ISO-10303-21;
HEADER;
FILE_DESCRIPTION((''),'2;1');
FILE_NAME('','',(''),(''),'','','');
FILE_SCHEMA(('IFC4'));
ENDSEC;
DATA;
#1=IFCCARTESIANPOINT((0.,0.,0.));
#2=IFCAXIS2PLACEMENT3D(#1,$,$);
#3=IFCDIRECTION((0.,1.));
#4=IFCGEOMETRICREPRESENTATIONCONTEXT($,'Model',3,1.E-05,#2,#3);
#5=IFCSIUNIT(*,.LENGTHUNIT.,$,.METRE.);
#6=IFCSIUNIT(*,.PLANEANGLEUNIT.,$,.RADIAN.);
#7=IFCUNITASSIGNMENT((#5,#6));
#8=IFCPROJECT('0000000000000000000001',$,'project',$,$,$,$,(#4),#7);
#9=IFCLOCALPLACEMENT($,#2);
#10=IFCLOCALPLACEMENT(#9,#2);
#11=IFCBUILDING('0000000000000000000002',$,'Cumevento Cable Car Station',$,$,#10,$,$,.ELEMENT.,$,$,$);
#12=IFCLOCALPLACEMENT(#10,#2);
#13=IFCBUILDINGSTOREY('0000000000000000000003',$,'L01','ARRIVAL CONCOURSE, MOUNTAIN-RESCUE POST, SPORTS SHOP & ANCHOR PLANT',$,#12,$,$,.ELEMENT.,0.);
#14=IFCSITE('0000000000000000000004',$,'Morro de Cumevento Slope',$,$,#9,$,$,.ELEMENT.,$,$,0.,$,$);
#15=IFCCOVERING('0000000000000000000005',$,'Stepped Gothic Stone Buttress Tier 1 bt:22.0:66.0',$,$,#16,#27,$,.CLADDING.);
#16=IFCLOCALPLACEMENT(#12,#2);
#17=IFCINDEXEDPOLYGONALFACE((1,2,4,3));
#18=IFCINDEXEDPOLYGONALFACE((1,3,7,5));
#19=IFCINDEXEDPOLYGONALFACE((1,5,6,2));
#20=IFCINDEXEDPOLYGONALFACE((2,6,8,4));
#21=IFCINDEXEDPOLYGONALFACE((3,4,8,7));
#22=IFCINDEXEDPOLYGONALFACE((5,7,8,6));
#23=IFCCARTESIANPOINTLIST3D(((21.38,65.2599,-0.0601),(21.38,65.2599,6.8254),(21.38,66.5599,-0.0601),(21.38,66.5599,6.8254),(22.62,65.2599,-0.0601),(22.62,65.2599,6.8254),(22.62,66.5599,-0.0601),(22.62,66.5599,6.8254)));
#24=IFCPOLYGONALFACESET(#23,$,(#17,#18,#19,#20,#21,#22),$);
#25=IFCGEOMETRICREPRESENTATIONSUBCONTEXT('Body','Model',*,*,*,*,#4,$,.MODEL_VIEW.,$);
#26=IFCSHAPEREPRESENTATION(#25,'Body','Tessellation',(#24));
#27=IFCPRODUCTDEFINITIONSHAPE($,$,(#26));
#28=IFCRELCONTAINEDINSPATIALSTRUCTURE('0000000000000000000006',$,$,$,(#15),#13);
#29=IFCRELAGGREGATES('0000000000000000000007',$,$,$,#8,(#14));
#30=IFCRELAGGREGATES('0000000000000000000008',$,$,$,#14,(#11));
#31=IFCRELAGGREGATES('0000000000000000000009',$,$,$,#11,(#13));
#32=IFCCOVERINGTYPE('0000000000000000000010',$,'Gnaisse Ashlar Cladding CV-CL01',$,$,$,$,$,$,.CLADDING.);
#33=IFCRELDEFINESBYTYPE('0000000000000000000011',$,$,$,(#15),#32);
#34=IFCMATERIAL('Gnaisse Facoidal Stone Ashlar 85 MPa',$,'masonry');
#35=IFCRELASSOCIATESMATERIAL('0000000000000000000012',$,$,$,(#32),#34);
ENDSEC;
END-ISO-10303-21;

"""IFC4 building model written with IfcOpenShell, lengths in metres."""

from ifc_helpers import new_model, si_unit, direction, frame, origin, origin_2d, place, context, subcontext, project, spatial, rectangle, extrude, material, type_object, element, save


model = new_model("IFC4")

# Units and contexts
model_context = context("Model", 3, precision=1e-05, world=origin(), true_north=direction((0.0, 1.0)))
body_context = subcontext(model_context, "Body", "Model", "MODEL_VIEW")
ifc_project = project(units=[si_unit("LENGTHUNIT", "METRE"), si_unit("PLANEANGLEUNIT", "RADIAN")], contexts=[model_context])

# Site, building, storey
site_placement = place(None, origin())
site = spatial("IfcSite", under=ifc_project, at=site_placement, Name="Morro de Cumevento Slope", CompositionType="ELEMENT", RefElevation=0.0)
building_placement = place(site_placement, origin())
building = spatial("IfcBuilding", under=site, at=building_placement, Name="Cumevento Cable Car Station", CompositionType="ELEMENT")
storey_placement = place(building_placement, origin())
storey = spatial("IfcBuildingStorey", under=building, at=storey_placement, Name="L01", Description="ARRIVAL CONCOURSE, MOUNTAIN-RESCUE POST, SPORTS SHOP & ANCHOR PLANT", CompositionType="ELEMENT", Elevation=0.0)

# Covering
ifc_material_1 = material(Name="Gnaisse Facoidal Stone Ashlar 85 MPa", Category="masonry")
covering_type = type_object("IfcCoveringType", Name="Gnaisse Ashlar Cladding CV-CL01", PredefinedType="CLADDING", material=ifc_material_1)
for number, where, z_axis, x_axis, name in (
    (1, (22.0, 65.9099, -0.0601), (0.0, 0.0, 1.0), (1.0, 0.0, 0.0), "Stepped Gothic Stone Buttress Tier 1 bt:22.0:66.0"),
):
    element("IfcCovering", number, at=place(storey_placement, frame(where, z_axis=z_axis, x_axis=x_axis)), inside=storey, type_object=covering_type, Name=name, PredefinedType="CLADDING", context=body_context, shape_type="SweptSolid", body=[
        extrude(rectangle(XDim=1.24, YDim=1.3, at=origin_2d()), origin(), (0.0, 0.0, 1.0), 6.8855),
    ])

save(model, "model.ifc")
